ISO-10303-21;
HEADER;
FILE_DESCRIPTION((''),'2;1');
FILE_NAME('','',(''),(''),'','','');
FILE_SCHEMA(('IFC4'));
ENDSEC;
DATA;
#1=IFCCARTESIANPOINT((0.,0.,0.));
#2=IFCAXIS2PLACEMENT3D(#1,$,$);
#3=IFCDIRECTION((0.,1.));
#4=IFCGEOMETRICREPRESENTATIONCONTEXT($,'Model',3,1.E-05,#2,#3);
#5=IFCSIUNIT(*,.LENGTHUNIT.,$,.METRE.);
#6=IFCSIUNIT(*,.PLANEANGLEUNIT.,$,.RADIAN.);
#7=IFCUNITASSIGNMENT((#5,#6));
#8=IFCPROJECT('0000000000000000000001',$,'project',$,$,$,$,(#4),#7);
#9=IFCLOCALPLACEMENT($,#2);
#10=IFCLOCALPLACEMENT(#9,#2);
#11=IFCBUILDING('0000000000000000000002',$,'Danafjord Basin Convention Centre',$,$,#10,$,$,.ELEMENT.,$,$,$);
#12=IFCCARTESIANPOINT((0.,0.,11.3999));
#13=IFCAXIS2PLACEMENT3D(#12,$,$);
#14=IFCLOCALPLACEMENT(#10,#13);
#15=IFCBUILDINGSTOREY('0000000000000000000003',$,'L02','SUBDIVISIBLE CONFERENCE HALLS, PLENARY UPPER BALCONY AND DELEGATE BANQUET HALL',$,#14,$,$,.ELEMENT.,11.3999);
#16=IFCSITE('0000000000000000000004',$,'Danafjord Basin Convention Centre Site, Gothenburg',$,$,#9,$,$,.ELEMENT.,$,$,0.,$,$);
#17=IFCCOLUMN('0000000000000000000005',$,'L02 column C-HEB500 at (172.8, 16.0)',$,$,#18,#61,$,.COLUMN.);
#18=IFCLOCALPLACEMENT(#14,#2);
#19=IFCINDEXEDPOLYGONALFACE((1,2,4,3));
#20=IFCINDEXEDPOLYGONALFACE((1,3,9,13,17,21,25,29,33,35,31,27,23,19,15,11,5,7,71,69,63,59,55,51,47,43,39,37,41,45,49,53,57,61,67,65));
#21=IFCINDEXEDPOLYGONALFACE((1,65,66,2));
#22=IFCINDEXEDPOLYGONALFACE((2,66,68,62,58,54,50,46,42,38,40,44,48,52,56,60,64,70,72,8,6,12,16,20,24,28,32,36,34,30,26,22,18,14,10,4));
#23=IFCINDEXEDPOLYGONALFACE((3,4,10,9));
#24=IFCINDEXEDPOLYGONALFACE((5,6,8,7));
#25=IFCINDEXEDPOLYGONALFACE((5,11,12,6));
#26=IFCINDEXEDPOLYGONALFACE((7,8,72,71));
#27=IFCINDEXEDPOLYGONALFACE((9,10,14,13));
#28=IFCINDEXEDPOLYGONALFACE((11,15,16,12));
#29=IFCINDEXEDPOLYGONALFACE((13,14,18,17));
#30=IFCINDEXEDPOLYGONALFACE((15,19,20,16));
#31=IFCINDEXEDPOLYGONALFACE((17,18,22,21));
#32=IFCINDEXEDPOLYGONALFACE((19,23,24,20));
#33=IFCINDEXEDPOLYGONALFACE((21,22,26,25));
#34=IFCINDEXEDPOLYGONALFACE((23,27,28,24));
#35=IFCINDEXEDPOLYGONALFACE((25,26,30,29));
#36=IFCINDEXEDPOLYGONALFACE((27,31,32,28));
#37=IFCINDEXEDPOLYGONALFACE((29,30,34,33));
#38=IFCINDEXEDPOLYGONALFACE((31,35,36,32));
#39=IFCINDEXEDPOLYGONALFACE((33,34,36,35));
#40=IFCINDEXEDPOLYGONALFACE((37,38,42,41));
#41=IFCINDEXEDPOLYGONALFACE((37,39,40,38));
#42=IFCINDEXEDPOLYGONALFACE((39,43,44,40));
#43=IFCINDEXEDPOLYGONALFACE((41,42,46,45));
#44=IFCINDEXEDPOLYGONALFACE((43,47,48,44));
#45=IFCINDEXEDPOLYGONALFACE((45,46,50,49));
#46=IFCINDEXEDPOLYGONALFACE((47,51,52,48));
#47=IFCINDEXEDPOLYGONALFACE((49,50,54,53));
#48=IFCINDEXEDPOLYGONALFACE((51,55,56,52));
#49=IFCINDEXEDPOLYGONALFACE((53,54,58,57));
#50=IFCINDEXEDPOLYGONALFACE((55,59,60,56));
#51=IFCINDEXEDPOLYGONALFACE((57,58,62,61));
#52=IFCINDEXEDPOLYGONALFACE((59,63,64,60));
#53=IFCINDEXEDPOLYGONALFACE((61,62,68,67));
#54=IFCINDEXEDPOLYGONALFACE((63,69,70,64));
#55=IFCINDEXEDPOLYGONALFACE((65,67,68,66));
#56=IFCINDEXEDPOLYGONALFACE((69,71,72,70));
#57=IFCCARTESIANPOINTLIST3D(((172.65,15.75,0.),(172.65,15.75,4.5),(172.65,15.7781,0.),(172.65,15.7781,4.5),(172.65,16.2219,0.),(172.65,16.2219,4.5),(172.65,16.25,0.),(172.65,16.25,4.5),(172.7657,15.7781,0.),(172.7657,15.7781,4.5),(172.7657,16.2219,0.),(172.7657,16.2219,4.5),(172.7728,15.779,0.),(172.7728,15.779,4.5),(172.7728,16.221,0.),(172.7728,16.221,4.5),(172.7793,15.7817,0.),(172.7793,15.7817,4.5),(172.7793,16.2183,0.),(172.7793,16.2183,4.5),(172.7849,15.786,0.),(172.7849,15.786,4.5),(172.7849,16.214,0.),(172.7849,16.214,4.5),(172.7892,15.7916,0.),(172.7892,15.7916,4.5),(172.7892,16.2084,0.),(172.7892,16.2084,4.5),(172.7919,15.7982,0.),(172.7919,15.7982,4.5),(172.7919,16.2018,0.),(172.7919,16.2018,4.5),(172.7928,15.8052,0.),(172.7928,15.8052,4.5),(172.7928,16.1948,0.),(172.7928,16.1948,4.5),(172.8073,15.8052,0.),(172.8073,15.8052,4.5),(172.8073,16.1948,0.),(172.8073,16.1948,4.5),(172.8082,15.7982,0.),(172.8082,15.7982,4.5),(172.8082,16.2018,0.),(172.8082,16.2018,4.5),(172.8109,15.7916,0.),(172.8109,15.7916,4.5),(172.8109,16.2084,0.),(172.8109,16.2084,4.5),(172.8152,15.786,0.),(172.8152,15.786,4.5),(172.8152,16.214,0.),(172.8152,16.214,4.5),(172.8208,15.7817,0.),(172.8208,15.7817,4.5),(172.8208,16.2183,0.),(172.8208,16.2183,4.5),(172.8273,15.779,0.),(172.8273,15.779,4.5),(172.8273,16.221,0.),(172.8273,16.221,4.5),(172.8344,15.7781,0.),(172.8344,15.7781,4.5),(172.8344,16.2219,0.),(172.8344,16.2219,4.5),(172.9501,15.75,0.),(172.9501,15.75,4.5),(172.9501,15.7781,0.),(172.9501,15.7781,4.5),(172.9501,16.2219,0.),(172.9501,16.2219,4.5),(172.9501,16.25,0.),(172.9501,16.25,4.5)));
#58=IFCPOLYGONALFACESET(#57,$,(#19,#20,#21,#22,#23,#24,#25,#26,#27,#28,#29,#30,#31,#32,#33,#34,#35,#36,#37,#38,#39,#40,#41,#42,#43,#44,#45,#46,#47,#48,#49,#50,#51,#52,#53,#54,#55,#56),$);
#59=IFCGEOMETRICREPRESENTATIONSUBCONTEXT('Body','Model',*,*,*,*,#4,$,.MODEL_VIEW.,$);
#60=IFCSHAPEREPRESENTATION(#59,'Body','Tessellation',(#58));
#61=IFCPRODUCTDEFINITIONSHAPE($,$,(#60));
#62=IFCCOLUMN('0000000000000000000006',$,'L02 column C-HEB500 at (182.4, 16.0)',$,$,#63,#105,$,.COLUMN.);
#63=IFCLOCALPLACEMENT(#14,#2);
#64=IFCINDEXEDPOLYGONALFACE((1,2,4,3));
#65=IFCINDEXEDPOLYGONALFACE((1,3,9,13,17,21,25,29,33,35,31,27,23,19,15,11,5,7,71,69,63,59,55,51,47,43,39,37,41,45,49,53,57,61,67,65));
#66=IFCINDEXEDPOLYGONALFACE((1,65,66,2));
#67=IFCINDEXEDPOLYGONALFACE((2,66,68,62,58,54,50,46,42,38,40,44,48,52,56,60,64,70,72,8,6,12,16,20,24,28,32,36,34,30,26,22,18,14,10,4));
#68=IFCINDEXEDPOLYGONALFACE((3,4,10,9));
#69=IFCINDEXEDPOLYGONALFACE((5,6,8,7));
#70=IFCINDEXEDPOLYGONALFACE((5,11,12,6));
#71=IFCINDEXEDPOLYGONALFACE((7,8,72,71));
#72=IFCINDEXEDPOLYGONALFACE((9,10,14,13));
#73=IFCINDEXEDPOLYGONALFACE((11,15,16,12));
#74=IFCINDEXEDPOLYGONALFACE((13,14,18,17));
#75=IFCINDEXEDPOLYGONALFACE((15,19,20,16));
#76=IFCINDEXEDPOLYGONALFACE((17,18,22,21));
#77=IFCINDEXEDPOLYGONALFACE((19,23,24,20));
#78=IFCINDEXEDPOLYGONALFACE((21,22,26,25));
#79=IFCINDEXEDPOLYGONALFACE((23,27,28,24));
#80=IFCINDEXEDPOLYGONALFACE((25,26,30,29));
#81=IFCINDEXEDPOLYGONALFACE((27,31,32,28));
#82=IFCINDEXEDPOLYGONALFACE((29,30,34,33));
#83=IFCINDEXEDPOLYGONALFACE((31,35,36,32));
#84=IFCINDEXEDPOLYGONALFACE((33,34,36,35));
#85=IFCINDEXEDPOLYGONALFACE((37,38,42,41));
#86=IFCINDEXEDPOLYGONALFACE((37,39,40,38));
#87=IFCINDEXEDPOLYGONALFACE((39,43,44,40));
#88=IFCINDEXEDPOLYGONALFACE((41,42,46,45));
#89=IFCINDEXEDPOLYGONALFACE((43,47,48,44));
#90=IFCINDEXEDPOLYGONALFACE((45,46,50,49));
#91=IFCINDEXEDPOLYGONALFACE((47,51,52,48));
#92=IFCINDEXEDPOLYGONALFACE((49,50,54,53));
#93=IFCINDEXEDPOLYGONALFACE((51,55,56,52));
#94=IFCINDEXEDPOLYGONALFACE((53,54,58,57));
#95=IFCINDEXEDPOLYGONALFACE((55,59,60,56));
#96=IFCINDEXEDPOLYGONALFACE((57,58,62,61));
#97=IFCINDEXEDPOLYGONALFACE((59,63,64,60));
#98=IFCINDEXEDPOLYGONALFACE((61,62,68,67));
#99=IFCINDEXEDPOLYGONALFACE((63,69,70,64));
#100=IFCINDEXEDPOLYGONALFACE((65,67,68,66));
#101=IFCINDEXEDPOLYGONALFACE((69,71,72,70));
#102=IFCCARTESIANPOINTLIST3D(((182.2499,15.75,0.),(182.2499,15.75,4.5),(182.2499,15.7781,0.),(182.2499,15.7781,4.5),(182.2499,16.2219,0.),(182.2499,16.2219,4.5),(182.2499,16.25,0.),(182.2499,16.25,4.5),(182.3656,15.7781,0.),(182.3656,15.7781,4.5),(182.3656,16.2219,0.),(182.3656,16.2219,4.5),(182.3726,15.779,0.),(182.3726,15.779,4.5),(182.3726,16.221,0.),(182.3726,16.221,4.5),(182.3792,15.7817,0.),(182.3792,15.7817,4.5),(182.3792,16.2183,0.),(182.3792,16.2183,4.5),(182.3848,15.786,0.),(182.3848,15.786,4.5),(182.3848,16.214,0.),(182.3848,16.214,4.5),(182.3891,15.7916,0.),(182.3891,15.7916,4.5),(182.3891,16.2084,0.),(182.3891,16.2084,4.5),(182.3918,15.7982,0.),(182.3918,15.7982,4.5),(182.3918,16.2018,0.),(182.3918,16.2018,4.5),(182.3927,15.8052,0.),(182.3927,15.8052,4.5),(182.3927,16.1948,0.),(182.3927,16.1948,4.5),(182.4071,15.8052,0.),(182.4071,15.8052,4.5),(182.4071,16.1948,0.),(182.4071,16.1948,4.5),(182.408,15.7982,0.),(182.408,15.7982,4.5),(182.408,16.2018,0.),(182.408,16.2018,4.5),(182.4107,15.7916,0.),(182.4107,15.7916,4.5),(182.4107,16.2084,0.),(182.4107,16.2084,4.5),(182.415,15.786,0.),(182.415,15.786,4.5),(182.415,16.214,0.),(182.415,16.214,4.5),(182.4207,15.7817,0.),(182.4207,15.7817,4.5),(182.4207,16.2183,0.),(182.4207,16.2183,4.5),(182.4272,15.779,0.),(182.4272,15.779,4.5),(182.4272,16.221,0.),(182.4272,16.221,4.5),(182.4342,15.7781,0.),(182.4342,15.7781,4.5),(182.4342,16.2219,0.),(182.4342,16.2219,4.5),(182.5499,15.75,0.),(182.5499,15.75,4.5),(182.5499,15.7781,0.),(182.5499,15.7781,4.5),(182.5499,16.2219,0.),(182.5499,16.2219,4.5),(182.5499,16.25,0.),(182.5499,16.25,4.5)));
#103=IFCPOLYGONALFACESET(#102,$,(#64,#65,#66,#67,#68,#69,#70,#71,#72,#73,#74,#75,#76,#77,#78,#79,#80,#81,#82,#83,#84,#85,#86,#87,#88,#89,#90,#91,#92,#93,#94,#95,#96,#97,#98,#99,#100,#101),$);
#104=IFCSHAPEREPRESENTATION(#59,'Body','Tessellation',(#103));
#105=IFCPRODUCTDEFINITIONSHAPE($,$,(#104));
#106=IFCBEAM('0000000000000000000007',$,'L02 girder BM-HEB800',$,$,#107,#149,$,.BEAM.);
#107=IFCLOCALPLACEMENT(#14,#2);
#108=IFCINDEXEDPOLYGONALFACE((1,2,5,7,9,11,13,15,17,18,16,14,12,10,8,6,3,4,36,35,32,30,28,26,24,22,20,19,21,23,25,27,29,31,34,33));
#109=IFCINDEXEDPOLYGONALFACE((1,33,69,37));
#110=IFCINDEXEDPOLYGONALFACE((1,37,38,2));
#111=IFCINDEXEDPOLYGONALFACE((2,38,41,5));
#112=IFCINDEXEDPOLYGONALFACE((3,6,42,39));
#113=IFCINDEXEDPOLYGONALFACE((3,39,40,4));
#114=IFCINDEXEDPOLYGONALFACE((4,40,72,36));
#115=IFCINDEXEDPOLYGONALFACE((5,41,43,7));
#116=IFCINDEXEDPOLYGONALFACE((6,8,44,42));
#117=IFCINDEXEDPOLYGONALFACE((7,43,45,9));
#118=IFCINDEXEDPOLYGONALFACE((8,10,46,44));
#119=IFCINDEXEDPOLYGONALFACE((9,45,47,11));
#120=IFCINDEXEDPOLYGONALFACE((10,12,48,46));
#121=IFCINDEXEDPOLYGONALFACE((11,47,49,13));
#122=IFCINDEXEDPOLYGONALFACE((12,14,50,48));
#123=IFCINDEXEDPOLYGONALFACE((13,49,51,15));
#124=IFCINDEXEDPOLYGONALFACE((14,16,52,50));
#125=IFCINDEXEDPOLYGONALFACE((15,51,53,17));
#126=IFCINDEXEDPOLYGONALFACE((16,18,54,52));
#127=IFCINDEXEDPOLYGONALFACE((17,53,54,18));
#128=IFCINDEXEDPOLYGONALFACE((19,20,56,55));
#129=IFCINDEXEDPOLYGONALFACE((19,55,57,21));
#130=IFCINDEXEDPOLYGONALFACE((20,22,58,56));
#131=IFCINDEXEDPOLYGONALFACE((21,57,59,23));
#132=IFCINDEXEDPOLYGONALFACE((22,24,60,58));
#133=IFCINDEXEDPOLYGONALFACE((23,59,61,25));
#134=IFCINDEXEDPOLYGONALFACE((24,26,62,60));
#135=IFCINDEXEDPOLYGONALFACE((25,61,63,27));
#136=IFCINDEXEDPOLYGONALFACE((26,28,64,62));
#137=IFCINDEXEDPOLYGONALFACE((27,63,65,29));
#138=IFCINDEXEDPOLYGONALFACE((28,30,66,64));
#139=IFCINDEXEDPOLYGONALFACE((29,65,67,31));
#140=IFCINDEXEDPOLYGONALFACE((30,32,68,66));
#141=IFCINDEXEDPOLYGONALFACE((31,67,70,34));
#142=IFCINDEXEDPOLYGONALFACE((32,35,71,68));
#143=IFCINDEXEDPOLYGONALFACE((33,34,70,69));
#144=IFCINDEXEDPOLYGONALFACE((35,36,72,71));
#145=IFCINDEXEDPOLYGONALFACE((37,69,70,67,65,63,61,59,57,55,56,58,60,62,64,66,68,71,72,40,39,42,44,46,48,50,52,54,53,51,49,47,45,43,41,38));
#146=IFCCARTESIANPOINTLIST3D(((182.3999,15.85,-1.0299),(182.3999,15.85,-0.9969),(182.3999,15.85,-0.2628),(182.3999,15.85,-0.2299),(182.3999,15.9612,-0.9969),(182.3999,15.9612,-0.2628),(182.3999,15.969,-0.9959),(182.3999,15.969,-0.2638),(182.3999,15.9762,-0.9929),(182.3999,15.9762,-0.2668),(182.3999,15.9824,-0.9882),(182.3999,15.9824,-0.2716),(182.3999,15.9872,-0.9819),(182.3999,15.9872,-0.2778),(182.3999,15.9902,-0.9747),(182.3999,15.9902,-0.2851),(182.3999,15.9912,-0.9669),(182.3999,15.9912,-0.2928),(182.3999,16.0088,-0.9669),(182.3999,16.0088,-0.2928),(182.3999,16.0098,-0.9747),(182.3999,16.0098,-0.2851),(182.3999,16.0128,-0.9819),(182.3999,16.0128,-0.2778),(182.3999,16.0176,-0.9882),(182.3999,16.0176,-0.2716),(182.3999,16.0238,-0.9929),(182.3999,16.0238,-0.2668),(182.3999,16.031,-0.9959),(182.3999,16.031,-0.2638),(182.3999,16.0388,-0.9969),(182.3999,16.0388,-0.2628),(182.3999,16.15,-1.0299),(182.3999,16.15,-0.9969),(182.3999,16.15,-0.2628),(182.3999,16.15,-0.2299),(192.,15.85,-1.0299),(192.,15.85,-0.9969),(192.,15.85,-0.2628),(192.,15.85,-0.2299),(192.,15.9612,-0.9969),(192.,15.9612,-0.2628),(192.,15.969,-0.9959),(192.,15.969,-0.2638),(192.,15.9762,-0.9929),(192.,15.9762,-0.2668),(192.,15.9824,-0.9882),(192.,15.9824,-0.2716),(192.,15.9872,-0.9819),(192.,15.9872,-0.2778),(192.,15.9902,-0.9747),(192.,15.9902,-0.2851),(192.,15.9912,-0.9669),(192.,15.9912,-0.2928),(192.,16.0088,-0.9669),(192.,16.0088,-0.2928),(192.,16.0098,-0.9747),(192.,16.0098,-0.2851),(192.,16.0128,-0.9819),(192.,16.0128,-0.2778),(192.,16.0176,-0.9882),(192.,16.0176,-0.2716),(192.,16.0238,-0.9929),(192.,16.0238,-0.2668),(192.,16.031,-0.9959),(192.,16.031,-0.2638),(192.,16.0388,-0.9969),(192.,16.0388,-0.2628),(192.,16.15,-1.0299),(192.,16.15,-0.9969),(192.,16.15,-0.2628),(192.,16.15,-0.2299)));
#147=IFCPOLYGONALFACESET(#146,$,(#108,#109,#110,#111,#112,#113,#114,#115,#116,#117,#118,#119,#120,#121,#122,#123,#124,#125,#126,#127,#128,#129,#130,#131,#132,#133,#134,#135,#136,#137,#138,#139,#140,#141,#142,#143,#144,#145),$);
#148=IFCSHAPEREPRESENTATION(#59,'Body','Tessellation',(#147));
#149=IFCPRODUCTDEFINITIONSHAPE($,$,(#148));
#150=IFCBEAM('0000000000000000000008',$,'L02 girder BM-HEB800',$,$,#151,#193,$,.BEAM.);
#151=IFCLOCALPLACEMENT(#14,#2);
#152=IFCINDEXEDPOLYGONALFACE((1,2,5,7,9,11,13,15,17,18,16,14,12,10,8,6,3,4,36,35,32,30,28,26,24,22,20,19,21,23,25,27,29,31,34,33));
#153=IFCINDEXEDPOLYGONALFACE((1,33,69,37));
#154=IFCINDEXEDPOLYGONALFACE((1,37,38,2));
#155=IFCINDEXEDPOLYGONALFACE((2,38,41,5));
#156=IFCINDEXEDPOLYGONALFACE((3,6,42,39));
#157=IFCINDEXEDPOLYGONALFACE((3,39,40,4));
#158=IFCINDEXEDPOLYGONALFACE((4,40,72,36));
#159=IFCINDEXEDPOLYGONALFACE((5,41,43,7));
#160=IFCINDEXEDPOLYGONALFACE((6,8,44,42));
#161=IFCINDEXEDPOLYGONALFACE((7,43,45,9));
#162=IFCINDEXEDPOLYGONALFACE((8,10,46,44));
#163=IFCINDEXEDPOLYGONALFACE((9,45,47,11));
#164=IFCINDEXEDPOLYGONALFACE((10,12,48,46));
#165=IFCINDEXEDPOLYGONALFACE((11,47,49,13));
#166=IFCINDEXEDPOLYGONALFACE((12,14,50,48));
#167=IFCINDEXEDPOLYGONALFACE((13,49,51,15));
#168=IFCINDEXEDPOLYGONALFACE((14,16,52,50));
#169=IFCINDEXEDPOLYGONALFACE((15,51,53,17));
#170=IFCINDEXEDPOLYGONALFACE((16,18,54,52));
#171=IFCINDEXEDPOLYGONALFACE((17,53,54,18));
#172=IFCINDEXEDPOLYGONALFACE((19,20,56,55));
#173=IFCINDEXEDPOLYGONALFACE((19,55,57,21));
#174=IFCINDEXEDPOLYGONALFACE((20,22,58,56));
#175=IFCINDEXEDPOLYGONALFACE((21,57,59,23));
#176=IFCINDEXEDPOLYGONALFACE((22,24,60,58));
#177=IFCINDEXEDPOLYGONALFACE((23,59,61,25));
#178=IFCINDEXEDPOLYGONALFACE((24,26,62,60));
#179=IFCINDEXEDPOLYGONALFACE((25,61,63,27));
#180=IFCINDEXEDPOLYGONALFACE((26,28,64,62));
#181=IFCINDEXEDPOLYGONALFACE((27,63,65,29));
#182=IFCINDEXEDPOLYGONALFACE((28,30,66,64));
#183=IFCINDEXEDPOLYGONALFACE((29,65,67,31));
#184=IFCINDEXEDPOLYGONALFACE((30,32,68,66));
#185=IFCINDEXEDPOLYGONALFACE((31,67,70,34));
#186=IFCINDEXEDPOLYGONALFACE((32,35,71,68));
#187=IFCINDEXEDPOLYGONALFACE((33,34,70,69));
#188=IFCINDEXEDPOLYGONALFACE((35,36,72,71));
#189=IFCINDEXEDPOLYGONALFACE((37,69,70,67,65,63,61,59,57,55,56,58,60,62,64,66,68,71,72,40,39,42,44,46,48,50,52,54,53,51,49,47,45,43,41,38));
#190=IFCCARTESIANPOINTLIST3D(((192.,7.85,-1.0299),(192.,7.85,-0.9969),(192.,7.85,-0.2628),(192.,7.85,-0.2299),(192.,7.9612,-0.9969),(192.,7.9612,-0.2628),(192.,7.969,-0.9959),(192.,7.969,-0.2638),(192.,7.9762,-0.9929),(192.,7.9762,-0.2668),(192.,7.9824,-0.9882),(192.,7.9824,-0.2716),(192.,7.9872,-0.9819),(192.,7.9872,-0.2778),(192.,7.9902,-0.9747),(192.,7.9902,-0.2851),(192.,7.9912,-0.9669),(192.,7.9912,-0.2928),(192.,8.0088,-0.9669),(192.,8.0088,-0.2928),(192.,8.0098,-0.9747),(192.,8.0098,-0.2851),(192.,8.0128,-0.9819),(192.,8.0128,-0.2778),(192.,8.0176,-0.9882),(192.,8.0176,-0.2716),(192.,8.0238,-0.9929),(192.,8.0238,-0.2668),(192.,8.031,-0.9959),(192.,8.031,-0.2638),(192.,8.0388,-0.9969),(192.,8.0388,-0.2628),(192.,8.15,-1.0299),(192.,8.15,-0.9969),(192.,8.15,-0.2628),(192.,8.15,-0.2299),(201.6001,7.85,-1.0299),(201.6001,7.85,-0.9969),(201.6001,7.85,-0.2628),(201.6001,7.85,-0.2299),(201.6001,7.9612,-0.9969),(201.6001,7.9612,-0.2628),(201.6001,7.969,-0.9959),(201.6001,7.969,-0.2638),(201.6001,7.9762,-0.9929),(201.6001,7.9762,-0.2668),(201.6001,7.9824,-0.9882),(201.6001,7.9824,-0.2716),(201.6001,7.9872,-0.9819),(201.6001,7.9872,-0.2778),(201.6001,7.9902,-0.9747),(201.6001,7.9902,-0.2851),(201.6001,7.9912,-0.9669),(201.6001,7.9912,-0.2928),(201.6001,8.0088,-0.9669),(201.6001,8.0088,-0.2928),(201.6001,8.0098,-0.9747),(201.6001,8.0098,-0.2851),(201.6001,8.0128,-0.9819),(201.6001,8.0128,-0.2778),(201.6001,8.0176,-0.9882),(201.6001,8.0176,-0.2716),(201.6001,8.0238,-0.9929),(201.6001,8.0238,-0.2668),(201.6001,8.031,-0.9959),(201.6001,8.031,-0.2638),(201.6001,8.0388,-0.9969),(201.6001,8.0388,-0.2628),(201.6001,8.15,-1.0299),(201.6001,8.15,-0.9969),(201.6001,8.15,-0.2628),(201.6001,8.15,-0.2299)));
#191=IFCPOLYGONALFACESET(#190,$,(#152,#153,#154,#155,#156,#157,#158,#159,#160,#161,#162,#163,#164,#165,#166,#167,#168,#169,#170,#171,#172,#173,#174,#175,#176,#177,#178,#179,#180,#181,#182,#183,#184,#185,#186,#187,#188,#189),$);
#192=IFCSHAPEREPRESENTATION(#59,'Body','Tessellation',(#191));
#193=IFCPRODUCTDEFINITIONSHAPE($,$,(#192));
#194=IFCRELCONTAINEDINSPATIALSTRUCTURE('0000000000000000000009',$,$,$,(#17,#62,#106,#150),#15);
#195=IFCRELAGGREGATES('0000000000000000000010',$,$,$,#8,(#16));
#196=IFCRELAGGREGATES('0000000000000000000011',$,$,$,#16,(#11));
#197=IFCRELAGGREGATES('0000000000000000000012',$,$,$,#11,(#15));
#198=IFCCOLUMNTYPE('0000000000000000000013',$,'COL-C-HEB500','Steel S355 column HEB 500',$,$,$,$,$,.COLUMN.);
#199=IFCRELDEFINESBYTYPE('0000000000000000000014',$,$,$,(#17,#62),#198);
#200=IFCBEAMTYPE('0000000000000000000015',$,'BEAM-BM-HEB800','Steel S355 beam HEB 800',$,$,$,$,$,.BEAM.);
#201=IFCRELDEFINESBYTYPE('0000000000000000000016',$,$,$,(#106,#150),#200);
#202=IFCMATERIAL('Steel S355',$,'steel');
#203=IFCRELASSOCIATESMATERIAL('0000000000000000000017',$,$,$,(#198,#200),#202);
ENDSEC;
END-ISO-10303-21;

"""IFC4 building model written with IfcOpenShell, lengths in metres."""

from ifc_helpers import new_model, si_unit, direction, frame, origin, origin_2d, place, context, subcontext, project, spatial, i_section, extrude, material, material_profile, profile_set, type_object, element, save


model = new_model("IFC4")

# Units and contexts
model_context = context("Model", 3, precision=1e-05, world=origin(), true_north=direction((0.0, 1.0)))
body_context = subcontext(model_context, "Body", "Model", "MODEL_VIEW")
ifc_project = project(units=[si_unit("LENGTHUNIT", "METRE"), si_unit("PLANEANGLEUNIT", "RADIAN")], contexts=[model_context])

# Site, building, storey
site_placement = place(None, origin())
site = spatial("IfcSite", under=ifc_project, at=site_placement, Name="Danafjord Basin Convention Centre Site, Gothenburg", CompositionType="ELEMENT", RefElevation=0.0)
building_placement = place(site_placement, origin())
building = spatial("IfcBuilding", under=site, at=building_placement, Name="Danafjord Basin Convention Centre", CompositionType="ELEMENT")
storey_placement = place(building_placement, frame((0.0, 0.0, 11.3999)))
storey = spatial("IfcBuildingStorey", under=building, at=storey_placement, Name="L02", Description="SUBDIVISIBLE CONFERENCE HALLS, PLENARY UPPER BALCONY AND DELEGATE BANQUET HALL", CompositionType="ELEMENT", Elevation=11.3999)

# Columns
ifc_material_1 = material(Name="Steel S355", Category="steel")
ifc_material_profile_1 = material_profile(ifc_material_1, i_section(OverallWidth=0.3, OverallDepth=0.5, WebThickness=0.0144, FlangeThickness=0.0281, FilletRadius=0.0271, at=origin_2d()), Name="HEB 500")
ifc_profile_set_1 = profile_set([ifc_material_profile_1], Name="Steel S355")
column_type = type_object("IfcColumnType", Name="COL-C-HEB500", Description="Steel S355 column HEB 500", PredefinedType="COLUMN", material=ifc_profile_set_1)
for number, where, z_axis, x_axis, name in (
    (1, (172.8, 16.0, 0.0), (0.0, 0.0, 1.0), (1.0, 0.0, 0.0), "L02 column C-HEB500 at (172.8, 16.0)"),
    (2, (182.3999, 16.0, 0.0), (0.0, 0.0, 1.0), (1.0, 0.0, 0.0), "L02 column C-HEB500 at (182.4, 16.0)"),
):
    element("IfcColumn", number, at=place(storey_placement, frame(where, z_axis=z_axis, x_axis=x_axis)), inside=storey, type_object=column_type, Name=name, PredefinedType="COLUMN", context=body_context, shape_type="SweptSolid", body=[
        extrude(i_section(OverallWidth=0.3, OverallDepth=0.5, WebThickness=0.0144, FlangeThickness=0.0281, FilletRadius=0.0271, at=origin_2d()), origin(), (0.0, 0.0, 1.0), 4.5),
    ])

# Beams
ifc_material_profile_2 = material_profile(ifc_material_1, i_section(OverallWidth=0.3, OverallDepth=0.8, WebThickness=0.0176, FlangeThickness=0.033, FilletRadius=0.03, at=origin_2d()), Name="HEB 800")
ifc_profile_set_2 = profile_set([ifc_material_profile_2], Name="Steel S355")
beam_type_1 = type_object("IfcBeamType", Name="BEAM-BM-HEB800", Description="Steel S355 beam HEB 800", PredefinedType="BEAM", material=ifc_profile_set_2)
for number, where, z_axis, x_axis, name in (
    (3, (182.3999, 16.0, -0.6299), (1.0, 0.0, 0.0), (0.0, 1.0, 0.0), "L02 girder BM-HEB800"),
    (4, (192.0, 8.0, -0.6299), (1.0, 0.0, 0.0), (0.0, 1.0, 0.0), "L02 girder BM-HEB800"),
):
    element("IfcBeam", number, at=place(storey_placement, frame(where, z_axis=z_axis, x_axis=x_axis)), inside=storey, type_object=beam_type_1, Name=name, PredefinedType="BEAM", context=body_context, shape_type="SweptSolid", body=[
        extrude(i_section(OverallWidth=0.3, OverallDepth=0.8, WebThickness=0.0176, FlangeThickness=0.033, FilletRadius=0.03, at=origin_2d()), origin(), (0.0, 0.0, 1.0), 9.6001),
    ])

save(model, "model.ifc")
